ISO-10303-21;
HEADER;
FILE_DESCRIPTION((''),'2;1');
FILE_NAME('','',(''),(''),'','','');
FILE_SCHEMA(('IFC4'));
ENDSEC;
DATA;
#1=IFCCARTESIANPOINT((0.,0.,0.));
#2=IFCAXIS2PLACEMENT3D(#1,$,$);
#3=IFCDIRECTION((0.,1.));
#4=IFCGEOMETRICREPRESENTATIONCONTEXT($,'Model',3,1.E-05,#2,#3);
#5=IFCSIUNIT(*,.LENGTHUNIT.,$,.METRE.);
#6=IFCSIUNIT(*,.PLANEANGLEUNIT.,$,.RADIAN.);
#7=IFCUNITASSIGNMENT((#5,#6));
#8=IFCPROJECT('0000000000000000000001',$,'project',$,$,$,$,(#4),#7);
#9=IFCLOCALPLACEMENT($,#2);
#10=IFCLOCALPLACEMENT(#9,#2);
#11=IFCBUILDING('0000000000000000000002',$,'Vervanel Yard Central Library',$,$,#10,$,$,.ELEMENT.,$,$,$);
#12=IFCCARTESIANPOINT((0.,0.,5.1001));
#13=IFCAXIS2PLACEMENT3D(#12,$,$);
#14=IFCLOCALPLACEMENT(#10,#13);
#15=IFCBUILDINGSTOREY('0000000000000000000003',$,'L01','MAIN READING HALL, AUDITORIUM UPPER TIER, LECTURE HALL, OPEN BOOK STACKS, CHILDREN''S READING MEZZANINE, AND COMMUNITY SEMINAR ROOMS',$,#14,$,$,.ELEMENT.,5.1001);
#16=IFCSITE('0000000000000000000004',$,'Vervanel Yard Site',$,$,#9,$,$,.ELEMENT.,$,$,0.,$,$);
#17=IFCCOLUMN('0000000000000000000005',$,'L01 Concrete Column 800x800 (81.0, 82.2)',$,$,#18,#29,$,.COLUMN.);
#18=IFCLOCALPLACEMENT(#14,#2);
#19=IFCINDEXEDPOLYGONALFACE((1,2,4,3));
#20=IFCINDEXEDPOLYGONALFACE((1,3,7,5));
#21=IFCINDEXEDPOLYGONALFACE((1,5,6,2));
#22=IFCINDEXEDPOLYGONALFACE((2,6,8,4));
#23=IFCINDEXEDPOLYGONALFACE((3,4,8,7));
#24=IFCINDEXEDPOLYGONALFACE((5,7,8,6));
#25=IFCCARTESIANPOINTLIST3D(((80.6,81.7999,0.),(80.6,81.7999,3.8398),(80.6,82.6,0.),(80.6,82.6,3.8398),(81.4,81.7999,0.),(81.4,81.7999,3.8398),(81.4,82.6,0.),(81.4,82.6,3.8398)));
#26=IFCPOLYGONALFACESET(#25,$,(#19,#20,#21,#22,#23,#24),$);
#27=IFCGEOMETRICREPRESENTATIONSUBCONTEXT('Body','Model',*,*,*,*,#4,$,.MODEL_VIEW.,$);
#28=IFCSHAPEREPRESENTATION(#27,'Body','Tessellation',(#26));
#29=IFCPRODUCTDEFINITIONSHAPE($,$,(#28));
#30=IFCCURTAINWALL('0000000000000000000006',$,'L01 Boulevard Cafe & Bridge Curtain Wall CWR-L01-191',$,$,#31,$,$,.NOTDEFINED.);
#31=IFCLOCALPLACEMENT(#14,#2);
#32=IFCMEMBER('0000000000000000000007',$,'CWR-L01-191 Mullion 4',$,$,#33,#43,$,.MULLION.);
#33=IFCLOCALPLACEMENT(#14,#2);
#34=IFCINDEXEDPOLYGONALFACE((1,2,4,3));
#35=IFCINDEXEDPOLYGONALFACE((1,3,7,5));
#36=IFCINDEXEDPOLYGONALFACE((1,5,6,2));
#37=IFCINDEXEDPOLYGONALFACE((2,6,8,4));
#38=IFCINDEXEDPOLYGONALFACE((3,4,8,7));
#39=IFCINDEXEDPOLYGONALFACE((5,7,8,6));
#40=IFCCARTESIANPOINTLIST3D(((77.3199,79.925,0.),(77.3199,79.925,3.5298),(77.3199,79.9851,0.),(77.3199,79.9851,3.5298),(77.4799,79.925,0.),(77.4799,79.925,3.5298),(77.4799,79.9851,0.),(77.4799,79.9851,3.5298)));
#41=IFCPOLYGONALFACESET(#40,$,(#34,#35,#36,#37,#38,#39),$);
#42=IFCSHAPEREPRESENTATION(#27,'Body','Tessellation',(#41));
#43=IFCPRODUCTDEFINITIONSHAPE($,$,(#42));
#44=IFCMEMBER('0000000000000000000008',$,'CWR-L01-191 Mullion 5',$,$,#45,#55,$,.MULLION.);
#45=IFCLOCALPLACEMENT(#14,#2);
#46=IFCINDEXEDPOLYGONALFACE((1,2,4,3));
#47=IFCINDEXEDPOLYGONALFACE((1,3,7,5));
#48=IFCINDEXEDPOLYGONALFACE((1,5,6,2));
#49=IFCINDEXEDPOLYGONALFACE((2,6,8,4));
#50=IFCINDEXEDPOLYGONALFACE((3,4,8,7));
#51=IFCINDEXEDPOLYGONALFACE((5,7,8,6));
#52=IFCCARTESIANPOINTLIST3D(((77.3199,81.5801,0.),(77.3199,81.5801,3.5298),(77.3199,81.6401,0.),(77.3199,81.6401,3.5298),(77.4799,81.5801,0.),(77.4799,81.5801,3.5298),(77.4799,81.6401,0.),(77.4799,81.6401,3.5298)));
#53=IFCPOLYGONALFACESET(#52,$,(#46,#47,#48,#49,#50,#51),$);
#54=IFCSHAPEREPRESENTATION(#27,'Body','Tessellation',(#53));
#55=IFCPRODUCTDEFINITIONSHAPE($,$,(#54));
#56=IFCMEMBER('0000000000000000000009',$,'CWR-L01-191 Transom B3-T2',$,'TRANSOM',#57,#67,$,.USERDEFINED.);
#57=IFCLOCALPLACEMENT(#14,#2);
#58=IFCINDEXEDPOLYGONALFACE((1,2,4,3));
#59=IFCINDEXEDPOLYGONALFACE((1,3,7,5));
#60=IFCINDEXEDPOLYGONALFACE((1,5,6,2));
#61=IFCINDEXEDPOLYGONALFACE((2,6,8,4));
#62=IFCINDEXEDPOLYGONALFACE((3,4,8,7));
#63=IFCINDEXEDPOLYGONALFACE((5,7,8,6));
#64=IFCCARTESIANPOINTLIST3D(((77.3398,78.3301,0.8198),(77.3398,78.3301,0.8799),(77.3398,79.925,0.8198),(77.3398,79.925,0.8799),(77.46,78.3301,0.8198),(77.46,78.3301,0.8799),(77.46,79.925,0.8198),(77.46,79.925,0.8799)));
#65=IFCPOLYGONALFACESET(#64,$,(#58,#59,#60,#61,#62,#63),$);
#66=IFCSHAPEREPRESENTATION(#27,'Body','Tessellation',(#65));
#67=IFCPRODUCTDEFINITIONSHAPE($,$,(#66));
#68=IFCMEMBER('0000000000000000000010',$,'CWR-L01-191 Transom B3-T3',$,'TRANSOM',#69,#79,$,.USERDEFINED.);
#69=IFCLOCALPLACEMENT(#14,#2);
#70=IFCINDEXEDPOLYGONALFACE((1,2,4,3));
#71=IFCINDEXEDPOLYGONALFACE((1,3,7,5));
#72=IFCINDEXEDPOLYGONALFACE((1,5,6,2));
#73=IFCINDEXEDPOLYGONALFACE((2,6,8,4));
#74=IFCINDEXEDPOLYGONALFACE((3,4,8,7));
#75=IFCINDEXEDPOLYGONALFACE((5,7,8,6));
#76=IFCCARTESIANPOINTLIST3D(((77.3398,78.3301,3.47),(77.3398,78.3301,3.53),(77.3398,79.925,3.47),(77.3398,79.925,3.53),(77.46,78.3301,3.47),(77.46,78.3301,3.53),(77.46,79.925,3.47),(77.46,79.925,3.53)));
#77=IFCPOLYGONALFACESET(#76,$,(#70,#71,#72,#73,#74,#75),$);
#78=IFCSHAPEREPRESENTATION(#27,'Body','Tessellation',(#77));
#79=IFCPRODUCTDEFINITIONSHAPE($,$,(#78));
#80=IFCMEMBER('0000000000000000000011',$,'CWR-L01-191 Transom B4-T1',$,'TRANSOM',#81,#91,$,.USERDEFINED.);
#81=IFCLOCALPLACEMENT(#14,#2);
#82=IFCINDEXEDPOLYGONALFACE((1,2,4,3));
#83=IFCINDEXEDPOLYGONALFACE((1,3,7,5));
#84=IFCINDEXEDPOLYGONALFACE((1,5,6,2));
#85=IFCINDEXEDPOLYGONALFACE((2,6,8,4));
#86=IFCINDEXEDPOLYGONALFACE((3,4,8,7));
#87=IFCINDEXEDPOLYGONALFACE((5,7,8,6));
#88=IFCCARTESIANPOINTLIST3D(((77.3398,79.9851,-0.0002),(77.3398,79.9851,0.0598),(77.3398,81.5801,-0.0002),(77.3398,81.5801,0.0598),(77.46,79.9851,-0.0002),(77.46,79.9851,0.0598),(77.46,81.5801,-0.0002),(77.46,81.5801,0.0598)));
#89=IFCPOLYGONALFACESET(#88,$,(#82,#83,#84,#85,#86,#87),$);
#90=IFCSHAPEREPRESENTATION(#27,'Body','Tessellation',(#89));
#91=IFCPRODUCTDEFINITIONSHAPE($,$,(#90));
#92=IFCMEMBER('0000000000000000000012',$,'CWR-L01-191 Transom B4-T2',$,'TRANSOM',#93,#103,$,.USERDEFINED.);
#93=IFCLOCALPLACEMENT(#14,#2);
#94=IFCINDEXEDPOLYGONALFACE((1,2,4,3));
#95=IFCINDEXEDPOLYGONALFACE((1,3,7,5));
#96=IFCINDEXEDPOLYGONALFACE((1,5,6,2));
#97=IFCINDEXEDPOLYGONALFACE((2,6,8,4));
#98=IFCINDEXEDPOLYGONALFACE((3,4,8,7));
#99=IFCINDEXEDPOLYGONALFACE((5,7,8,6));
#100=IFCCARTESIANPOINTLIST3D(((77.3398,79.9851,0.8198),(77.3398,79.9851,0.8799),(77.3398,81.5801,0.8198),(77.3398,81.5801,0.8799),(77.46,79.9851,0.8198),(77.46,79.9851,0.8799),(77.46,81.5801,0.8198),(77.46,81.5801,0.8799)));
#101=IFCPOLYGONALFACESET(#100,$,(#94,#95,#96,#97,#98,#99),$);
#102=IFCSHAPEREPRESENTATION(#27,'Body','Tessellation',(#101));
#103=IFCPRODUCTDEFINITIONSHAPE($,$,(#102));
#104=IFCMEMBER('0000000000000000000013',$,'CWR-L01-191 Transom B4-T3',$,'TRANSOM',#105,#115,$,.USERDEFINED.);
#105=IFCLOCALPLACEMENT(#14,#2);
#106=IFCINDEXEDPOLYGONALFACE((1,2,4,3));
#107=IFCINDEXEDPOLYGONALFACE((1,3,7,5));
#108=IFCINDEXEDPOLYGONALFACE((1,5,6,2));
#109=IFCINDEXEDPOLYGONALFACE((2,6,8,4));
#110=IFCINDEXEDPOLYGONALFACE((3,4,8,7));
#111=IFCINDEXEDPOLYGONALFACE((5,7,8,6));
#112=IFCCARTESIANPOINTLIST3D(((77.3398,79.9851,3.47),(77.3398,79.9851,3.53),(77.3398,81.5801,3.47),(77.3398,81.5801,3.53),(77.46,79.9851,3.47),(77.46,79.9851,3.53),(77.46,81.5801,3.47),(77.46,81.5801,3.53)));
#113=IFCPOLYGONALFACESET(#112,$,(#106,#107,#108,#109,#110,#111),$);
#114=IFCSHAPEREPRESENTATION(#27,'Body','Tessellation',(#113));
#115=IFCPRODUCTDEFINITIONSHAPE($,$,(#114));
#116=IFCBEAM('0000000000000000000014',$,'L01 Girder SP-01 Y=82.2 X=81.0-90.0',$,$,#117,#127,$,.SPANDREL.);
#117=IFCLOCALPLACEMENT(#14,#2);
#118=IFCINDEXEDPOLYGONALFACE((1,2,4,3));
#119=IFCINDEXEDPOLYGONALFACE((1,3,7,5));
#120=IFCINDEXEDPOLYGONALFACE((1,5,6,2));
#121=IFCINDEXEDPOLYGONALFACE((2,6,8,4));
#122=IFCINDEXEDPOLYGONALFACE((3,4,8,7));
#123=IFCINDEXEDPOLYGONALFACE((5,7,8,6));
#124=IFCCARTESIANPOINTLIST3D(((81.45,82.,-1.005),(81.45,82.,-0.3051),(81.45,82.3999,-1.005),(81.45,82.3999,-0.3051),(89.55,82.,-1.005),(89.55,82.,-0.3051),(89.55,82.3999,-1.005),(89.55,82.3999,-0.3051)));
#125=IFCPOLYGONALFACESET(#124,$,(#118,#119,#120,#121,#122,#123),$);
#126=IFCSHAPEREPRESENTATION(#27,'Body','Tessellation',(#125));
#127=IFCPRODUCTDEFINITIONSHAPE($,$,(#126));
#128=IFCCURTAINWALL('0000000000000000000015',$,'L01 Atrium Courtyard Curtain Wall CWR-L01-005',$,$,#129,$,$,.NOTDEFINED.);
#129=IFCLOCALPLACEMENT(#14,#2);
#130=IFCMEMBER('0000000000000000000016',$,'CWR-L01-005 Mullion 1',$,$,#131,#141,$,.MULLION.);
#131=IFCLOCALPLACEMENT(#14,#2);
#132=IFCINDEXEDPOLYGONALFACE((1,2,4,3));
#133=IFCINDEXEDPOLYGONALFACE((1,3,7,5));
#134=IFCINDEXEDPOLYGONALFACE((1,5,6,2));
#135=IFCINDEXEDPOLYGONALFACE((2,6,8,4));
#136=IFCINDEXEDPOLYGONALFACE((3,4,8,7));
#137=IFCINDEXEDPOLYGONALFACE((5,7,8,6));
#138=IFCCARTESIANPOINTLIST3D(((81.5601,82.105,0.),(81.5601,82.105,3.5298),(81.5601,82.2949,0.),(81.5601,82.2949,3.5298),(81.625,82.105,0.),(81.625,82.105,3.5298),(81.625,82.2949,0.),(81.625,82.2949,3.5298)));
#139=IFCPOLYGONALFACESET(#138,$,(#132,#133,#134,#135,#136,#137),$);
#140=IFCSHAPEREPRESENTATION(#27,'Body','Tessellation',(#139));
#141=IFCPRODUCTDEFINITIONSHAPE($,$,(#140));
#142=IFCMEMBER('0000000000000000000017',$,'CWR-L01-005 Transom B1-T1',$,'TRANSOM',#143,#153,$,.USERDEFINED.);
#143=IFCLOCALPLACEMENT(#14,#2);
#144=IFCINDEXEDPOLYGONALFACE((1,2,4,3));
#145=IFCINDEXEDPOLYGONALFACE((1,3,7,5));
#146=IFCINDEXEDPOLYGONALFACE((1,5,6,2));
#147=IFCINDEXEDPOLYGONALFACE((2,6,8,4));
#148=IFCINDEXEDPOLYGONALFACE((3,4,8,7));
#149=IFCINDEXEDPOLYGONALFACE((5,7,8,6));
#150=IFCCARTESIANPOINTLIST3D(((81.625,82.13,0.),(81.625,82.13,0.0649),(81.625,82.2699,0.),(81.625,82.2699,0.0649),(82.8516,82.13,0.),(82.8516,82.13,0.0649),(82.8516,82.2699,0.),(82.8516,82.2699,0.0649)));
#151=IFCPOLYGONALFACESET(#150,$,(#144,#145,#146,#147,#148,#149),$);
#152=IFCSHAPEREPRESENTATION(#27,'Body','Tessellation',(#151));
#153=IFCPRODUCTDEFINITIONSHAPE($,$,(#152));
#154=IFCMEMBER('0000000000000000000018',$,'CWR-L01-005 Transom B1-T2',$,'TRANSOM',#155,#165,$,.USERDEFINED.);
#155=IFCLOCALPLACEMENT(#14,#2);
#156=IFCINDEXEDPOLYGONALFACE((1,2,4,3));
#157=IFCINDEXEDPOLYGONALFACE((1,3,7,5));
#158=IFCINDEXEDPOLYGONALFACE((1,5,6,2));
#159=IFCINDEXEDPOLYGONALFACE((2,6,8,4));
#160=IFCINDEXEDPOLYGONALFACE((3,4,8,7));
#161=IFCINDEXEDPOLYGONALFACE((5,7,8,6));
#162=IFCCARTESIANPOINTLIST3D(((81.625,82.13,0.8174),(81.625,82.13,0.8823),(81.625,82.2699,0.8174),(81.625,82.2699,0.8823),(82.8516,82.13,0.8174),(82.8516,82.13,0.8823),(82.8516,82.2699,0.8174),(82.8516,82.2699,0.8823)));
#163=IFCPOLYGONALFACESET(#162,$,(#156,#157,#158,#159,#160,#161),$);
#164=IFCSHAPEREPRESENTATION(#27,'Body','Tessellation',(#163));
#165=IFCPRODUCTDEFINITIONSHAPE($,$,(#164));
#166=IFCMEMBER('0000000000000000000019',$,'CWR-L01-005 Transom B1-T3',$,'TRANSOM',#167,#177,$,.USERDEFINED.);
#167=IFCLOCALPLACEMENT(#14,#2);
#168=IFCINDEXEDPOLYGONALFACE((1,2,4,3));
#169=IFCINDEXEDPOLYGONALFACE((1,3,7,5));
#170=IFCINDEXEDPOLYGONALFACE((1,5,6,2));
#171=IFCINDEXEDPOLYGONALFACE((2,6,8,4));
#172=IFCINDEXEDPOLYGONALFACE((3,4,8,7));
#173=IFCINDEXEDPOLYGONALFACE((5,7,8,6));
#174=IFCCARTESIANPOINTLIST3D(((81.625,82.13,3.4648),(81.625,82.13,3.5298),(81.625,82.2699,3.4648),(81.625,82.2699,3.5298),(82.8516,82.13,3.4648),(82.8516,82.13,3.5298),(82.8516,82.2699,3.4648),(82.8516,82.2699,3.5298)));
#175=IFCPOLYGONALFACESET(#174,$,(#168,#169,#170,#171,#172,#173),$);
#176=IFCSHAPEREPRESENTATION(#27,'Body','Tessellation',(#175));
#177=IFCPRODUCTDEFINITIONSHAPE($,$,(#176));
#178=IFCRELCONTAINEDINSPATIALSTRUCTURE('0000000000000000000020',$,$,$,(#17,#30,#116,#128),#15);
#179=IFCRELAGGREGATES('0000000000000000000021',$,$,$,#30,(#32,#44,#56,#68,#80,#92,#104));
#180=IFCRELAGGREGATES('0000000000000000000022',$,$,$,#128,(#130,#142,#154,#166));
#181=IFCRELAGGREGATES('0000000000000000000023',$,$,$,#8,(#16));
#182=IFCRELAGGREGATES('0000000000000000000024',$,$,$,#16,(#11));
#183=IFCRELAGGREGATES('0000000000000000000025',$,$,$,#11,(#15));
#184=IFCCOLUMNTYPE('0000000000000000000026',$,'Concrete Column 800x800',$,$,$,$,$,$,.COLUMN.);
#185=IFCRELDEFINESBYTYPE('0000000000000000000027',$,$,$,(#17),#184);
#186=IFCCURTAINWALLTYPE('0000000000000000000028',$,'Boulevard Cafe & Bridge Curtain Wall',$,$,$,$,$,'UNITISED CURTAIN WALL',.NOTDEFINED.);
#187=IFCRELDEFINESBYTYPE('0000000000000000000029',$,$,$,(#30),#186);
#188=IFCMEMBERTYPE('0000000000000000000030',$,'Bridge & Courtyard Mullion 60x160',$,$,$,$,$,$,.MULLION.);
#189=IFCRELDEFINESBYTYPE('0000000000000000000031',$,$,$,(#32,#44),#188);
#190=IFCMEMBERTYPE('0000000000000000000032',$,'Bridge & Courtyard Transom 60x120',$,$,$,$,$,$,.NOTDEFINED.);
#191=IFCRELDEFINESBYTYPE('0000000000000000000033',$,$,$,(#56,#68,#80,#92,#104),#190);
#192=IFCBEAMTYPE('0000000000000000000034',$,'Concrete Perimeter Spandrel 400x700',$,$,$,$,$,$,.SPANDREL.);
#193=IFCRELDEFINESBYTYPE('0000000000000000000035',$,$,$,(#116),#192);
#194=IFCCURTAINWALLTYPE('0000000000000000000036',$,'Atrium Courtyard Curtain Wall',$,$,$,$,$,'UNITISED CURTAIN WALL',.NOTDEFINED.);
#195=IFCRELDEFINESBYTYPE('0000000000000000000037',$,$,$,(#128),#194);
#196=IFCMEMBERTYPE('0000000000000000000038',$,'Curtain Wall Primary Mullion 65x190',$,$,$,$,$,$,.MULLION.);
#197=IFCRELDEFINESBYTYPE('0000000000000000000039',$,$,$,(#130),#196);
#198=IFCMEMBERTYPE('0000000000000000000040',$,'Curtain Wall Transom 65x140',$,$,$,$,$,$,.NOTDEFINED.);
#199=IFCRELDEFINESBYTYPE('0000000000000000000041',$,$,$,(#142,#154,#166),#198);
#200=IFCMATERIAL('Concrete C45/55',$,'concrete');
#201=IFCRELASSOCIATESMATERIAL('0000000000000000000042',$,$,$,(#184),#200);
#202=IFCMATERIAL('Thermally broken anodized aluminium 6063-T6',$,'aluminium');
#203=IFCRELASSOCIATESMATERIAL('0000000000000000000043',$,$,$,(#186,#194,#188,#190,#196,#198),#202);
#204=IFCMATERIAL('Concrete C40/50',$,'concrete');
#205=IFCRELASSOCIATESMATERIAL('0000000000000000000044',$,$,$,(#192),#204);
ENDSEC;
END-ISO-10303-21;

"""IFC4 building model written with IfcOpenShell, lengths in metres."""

from ifc_helpers import new_model, si_unit, direction, frame, origin, origin_2d, place, context, subcontext, project, spatial, rectangle, extrude, material, material_profile, profile_set, type_object, element, aggregate, save


model = new_model("IFC4")

# Units and contexts
model_context = context("Model", 3, precision=1e-05, world=origin(), true_north=direction((0.0, 1.0)))
body_context = subcontext(model_context, "Body", "Model", "MODEL_VIEW")
ifc_project = project(units=[si_unit("LENGTHUNIT", "METRE"), si_unit("PLANEANGLEUNIT", "RADIAN")], contexts=[model_context])

# Site, building, storey
site_placement = place(None, origin())
site = spatial("IfcSite", under=ifc_project, at=site_placement, Name="Vervanel Yard Site", CompositionType="ELEMENT", RefElevation=0.0)
building_placement = place(site_placement, origin())
building = spatial("IfcBuilding", under=site, at=building_placement, Name="Vervanel Yard Central Library", CompositionType="ELEMENT")
storey_placement = place(building_placement, frame((0.0, 0.0, 5.1001)))
storey = spatial("IfcBuildingStorey", under=building, at=storey_placement, Name="L01", Description="MAIN READING HALL, AUDITORIUM UPPER TIER, LECTURE HALL, OPEN BOOK STACKS, CHILDREN'S READING MEZZANINE, AND COMMUNITY SEMINAR ROOMS", CompositionType="ELEMENT", Elevation=5.1001)

# Column
ifc_material_1 = material(Name="Concrete C45/55", Category="concrete")
ifc_material_profile_1 = material_profile(ifc_material_1, rectangle(XDim=0.8, YDim=0.8, at=origin_2d()), Name="RC 800x800", Category="concrete")
ifc_profile_set_1 = profile_set([ifc_material_profile_1], Name="Concrete C45/55")
column_type = type_object("IfcColumnType", Name="Concrete Column 800x800", PredefinedType="COLUMN", material=ifc_profile_set_1)
column_placement = place(storey_placement, frame((81.0, 82.2, 0.0), z_axis=(0.0, 0.0, 1.0), x_axis=(1.0, 0.0, 0.0)))
element("IfcColumn", 1, at=column_placement, inside=storey, type_object=column_type, Name="L01 Concrete Column 800x800 (81.0, 82.2)", PredefinedType="COLUMN", context=body_context, shape_type="SweptSolid", body=[
    extrude(rectangle(XDim=0.8, YDim=0.8, at=origin_2d()), origin(), (0.0, 0.0, 1.0), 3.8398),
])

# Curtain wall, members
ifc_material_2 = material(Name="Thermally broken anodized aluminium 6063-T6", Category="aluminium")
curtain_wall_type_1 = type_object("IfcCurtainWallType", Name="Boulevard Cafe & Bridge Curtain Wall", ElementType="UNITISED CURTAIN WALL", PredefinedType="NOTDEFINED", material=ifc_material_2)
curtain_wall_1_placement = place(storey_placement, origin())
curtain_wall_1 = element("IfcCurtainWall", 2, at=curtain_wall_1_placement, inside=storey, type_object=curtain_wall_type_1, Name="L01 Boulevard Cafe & Bridge Curtain Wall CWR-L01-191", PredefinedType="NOTDEFINED")
ifc_material_profile_2 = material_profile(ifc_material_2, rectangle(XDim=0.0601, YDim=0.1599, at=origin_2d()), Name="ALU 60x160", Category="aluminium")
ifc_profile_set_2 = profile_set([ifc_material_profile_2], Name="Thermally broken anodized aluminium 6063-T6")
member_type_1 = type_object("IfcMemberType", Name="Bridge & Courtyard Mullion 60x160", PredefinedType="MULLION", material=ifc_profile_set_2)
member_1_placement = place(storey_placement, frame((77.3999, 79.9551, 0.0), z_axis=(0.0, 0.0, 1.0), x_axis=(0.0, 1.0, 0.0)))
member_1 = element("IfcMember", 3, at=member_1_placement, type_object=member_type_1, Name="CWR-L01-191 Mullion 4", PredefinedType="MULLION", context=body_context, shape_type="SweptSolid", body=[
    extrude(rectangle(XDim=0.0601, YDim=0.1599, at=origin_2d()), origin(), (0.0, 0.0, 1.0), 3.5298),
])
member_2_placement = place(storey_placement, frame((77.3999, 81.6101, 0.0), z_axis=(0.0, 0.0, 1.0), x_axis=(0.0, 1.0, 0.0)))
member_2 = element("IfcMember", 4, at=member_2_placement, type_object=member_type_1, Name="CWR-L01-191 Mullion 5", PredefinedType="MULLION", context=body_context, shape_type="SweptSolid", body=[
    extrude(rectangle(XDim=0.0601, YDim=0.1599, at=origin_2d()), origin(), (0.0, 0.0, 1.0), 3.5298),
])
ifc_material_profile_3 = material_profile(ifc_material_2, rectangle(XDim=0.0601, YDim=0.1201, at=origin_2d()), Name="ALU 60x120", Category="aluminium")
ifc_profile_set_3 = profile_set([ifc_material_profile_3], Name="Thermally broken anodized aluminium 6063-T6")
member_type_2 = type_object("IfcMemberType", Name="Bridge & Courtyard Transom 60x120", PredefinedType="NOTDEFINED", material=ifc_profile_set_3)
member_3_placement = place(storey_placement, frame((77.3999, 78.3301, 0.8499), z_axis=(0.0, 1.0, 0.0), x_axis=(0.0, 0.0, 1.0)))
member_3 = element("IfcMember", 5, at=member_3_placement, type_object=member_type_2, Name="CWR-L01-191 Transom B3-T2", ObjectType="TRANSOM", PredefinedType="USERDEFINED", context=body_context, shape_type="SweptSolid", body=[
    extrude(rectangle(XDim=0.0601, YDim=0.1201, at=origin_2d()), origin(), (0.0, 0.0, 1.0), 1.595),
])
member_4_placement = place(storey_placement, frame((77.3999, 78.3301, 3.5), z_axis=(0.0, 1.0, 0.0), x_axis=(0.0, 0.0, 1.0)))
member_4 = element("IfcMember", 6, at=member_4_placement, type_object=member_type_2, Name="CWR-L01-191 Transom B3-T3", ObjectType="TRANSOM", PredefinedType="USERDEFINED", context=body_context, shape_type="SweptSolid", body=[
    extrude(rectangle(XDim=0.0601, YDim=0.1201, at=origin_2d()), origin(), (0.0, 0.0, 1.0), 1.595),
])
member_5_placement = place(storey_placement, frame((77.3999, 79.9851, 0.0298), z_axis=(0.0, 1.0, 0.0), x_axis=(0.0, 0.0, 1.0)))
member_5 = element("IfcMember", 7, at=member_5_placement, type_object=member_type_2, Name="CWR-L01-191 Transom B4-T1", ObjectType="TRANSOM", PredefinedType="USERDEFINED", context=body_context, shape_type="SweptSolid", body=[
    extrude(rectangle(XDim=0.0601, YDim=0.1201, at=origin_2d()), origin(), (0.0, 0.0, 1.0), 1.595),
])
member_6_placement = place(storey_placement, frame((77.3999, 79.9851, 0.8499), z_axis=(0.0, 1.0, 0.0), x_axis=(0.0, 0.0, 1.0)))
member_6 = element("IfcMember", 8, at=member_6_placement, type_object=member_type_2, Name="CWR-L01-191 Transom B4-T2", ObjectType="TRANSOM", PredefinedType="USERDEFINED", context=body_context, shape_type="SweptSolid", body=[
    extrude(rectangle(XDim=0.0601, YDim=0.1201, at=origin_2d()), origin(), (0.0, 0.0, 1.0), 1.595),
])
member_7_placement = place(storey_placement, frame((77.3999, 79.9851, 3.5), z_axis=(0.0, 1.0, 0.0), x_axis=(0.0, 0.0, 1.0)))
member_7 = element("IfcMember", 9, at=member_7_placement, type_object=member_type_2, Name="CWR-L01-191 Transom B4-T3", ObjectType="TRANSOM", PredefinedType="USERDEFINED", context=body_context, shape_type="SweptSolid", body=[
    extrude(rectangle(XDim=0.0601, YDim=0.1201, at=origin_2d()), origin(), (0.0, 0.0, 1.0), 1.595),
])

# Beam
ifc_material_3 = material(Name="Concrete C40/50", Category="concrete")
ifc_material_profile_4 = material_profile(ifc_material_3, rectangle(XDim=0.3999, YDim=0.7, at=origin_2d()), Name="RC 400x700", Category="concrete")
ifc_profile_set_4 = profile_set([ifc_material_profile_4], Name="Concrete C40/50")
beam_type = type_object("IfcBeamType", Name="Concrete Perimeter Spandrel 400x700", PredefinedType="SPANDREL", material=ifc_profile_set_4)
beam_placement = place(storey_placement, frame((81.45, 82.2, -0.655), z_axis=(1.0, 0.0, 0.0), x_axis=(0.0, 1.0, 0.0)))
element("IfcBeam", 10, at=beam_placement, inside=storey, type_object=beam_type, Name="L01 Girder SP-01 Y=82.2 X=81.0-90.0", PredefinedType="SPANDREL", context=body_context, shape_type="SweptSolid", body=[
    extrude(rectangle(XDim=0.3999, YDim=0.7, at=origin_2d()), origin(), (0.0, 0.0, 1.0), 8.1001),
])

# Curtain wall, members
curtain_wall_type_2 = type_object("IfcCurtainWallType", Name="Atrium Courtyard Curtain Wall", ElementType="UNITISED CURTAIN WALL", PredefinedType="NOTDEFINED", material=ifc_material_2)
curtain_wall_2_placement = place(storey_placement, origin())
curtain_wall_2 = element("IfcCurtainWall", 11, at=curtain_wall_2_placement, inside=storey, type_object=curtain_wall_type_2, Name="L01 Atrium Courtyard Curtain Wall CWR-L01-005", PredefinedType="NOTDEFINED")
ifc_material_profile_5 = material_profile(ifc_material_2, rectangle(XDim=0.0649, YDim=0.1899, at=origin_2d()), Name="ALU 65x190", Category="aluminium")
ifc_profile_set_5 = profile_set([ifc_material_profile_5], Name="Thermally broken anodized aluminium 6063-T6")
member_type_3 = type_object("IfcMemberType", Name="Curtain Wall Primary Mullion 65x190", PredefinedType="MULLION", material=ifc_profile_set_5)
member_8_placement = place(storey_placement, frame((81.5925, 82.2, 0.0), z_axis=(0.0, 0.0, 1.0), x_axis=(1.0, 0.0, 0.0)))
member_8 = element("IfcMember", 12, at=member_8_placement, type_object=member_type_3, Name="CWR-L01-005 Mullion 1", PredefinedType="MULLION", context=body_context, shape_type="SweptSolid", body=[
    extrude(rectangle(XDim=0.0649, YDim=0.1899, at=origin_2d()), origin(), (0.0, 0.0, 1.0), 3.5298),
])
ifc_material_profile_6 = material_profile(ifc_material_2, rectangle(XDim=0.0649, YDim=0.1399, at=origin_2d()), Name="ALU 65x140", Category="aluminium")
ifc_profile_set_6 = profile_set([ifc_material_profile_6], Name="Thermally broken anodized aluminium 6063-T6")
member_type_4 = type_object("IfcMemberType", Name="Curtain Wall Transom 65x140", PredefinedType="NOTDEFINED", material=ifc_profile_set_6)
member_9_placement = place(storey_placement, frame((81.625, 82.2, 0.0325), z_axis=(1.0, 0.0, 0.0), x_axis=(0.0, 0.0, 1.0)))
member_9 = element("IfcMember", 13, at=member_9_placement, type_object=member_type_4, Name="CWR-L01-005 Transom B1-T1", ObjectType="TRANSOM", PredefinedType="USERDEFINED", context=body_context, shape_type="SweptSolid", body=[
    extrude(rectangle(XDim=0.0649, YDim=0.1399, at=origin_2d()), origin(), (0.0, 0.0, 1.0), 1.2266),
])
member_10_placement = place(storey_placement, frame((81.625, 82.2, 0.8499), z_axis=(1.0, 0.0, 0.0), x_axis=(0.0, 0.0, 1.0)))
member_10 = element("IfcMember", 14, at=member_10_placement, type_object=member_type_4, Name="CWR-L01-005 Transom B1-T2", ObjectType="TRANSOM", PredefinedType="USERDEFINED", context=body_context, shape_type="SweptSolid", body=[
    extrude(rectangle(XDim=0.0649, YDim=0.1399, at=origin_2d()), origin(), (0.0, 0.0, 1.0), 1.2266),
])
member_11_placement = place(storey_placement, frame((81.625, 82.2, 3.4973), z_axis=(1.0, 0.0, 0.0), x_axis=(0.0, 0.0, 1.0)))
member_11 = element("IfcMember", 15, at=member_11_placement, type_object=member_type_4, Name="CWR-L01-005 Transom B1-T3", ObjectType="TRANSOM", PredefinedType="USERDEFINED", context=body_context, shape_type="SweptSolid", body=[
    extrude(rectangle(XDim=0.0649, YDim=0.1399, at=origin_2d()), origin(), (0.0, 0.0, 1.0), 1.2266),
])

aggregate(curtain_wall_1, [member_1, member_2, member_3, member_4, member_5, member_6, member_7])
aggregate(curtain_wall_2, [member_8, member_9, member_10, member_11])

save(model, "model.ifc")
